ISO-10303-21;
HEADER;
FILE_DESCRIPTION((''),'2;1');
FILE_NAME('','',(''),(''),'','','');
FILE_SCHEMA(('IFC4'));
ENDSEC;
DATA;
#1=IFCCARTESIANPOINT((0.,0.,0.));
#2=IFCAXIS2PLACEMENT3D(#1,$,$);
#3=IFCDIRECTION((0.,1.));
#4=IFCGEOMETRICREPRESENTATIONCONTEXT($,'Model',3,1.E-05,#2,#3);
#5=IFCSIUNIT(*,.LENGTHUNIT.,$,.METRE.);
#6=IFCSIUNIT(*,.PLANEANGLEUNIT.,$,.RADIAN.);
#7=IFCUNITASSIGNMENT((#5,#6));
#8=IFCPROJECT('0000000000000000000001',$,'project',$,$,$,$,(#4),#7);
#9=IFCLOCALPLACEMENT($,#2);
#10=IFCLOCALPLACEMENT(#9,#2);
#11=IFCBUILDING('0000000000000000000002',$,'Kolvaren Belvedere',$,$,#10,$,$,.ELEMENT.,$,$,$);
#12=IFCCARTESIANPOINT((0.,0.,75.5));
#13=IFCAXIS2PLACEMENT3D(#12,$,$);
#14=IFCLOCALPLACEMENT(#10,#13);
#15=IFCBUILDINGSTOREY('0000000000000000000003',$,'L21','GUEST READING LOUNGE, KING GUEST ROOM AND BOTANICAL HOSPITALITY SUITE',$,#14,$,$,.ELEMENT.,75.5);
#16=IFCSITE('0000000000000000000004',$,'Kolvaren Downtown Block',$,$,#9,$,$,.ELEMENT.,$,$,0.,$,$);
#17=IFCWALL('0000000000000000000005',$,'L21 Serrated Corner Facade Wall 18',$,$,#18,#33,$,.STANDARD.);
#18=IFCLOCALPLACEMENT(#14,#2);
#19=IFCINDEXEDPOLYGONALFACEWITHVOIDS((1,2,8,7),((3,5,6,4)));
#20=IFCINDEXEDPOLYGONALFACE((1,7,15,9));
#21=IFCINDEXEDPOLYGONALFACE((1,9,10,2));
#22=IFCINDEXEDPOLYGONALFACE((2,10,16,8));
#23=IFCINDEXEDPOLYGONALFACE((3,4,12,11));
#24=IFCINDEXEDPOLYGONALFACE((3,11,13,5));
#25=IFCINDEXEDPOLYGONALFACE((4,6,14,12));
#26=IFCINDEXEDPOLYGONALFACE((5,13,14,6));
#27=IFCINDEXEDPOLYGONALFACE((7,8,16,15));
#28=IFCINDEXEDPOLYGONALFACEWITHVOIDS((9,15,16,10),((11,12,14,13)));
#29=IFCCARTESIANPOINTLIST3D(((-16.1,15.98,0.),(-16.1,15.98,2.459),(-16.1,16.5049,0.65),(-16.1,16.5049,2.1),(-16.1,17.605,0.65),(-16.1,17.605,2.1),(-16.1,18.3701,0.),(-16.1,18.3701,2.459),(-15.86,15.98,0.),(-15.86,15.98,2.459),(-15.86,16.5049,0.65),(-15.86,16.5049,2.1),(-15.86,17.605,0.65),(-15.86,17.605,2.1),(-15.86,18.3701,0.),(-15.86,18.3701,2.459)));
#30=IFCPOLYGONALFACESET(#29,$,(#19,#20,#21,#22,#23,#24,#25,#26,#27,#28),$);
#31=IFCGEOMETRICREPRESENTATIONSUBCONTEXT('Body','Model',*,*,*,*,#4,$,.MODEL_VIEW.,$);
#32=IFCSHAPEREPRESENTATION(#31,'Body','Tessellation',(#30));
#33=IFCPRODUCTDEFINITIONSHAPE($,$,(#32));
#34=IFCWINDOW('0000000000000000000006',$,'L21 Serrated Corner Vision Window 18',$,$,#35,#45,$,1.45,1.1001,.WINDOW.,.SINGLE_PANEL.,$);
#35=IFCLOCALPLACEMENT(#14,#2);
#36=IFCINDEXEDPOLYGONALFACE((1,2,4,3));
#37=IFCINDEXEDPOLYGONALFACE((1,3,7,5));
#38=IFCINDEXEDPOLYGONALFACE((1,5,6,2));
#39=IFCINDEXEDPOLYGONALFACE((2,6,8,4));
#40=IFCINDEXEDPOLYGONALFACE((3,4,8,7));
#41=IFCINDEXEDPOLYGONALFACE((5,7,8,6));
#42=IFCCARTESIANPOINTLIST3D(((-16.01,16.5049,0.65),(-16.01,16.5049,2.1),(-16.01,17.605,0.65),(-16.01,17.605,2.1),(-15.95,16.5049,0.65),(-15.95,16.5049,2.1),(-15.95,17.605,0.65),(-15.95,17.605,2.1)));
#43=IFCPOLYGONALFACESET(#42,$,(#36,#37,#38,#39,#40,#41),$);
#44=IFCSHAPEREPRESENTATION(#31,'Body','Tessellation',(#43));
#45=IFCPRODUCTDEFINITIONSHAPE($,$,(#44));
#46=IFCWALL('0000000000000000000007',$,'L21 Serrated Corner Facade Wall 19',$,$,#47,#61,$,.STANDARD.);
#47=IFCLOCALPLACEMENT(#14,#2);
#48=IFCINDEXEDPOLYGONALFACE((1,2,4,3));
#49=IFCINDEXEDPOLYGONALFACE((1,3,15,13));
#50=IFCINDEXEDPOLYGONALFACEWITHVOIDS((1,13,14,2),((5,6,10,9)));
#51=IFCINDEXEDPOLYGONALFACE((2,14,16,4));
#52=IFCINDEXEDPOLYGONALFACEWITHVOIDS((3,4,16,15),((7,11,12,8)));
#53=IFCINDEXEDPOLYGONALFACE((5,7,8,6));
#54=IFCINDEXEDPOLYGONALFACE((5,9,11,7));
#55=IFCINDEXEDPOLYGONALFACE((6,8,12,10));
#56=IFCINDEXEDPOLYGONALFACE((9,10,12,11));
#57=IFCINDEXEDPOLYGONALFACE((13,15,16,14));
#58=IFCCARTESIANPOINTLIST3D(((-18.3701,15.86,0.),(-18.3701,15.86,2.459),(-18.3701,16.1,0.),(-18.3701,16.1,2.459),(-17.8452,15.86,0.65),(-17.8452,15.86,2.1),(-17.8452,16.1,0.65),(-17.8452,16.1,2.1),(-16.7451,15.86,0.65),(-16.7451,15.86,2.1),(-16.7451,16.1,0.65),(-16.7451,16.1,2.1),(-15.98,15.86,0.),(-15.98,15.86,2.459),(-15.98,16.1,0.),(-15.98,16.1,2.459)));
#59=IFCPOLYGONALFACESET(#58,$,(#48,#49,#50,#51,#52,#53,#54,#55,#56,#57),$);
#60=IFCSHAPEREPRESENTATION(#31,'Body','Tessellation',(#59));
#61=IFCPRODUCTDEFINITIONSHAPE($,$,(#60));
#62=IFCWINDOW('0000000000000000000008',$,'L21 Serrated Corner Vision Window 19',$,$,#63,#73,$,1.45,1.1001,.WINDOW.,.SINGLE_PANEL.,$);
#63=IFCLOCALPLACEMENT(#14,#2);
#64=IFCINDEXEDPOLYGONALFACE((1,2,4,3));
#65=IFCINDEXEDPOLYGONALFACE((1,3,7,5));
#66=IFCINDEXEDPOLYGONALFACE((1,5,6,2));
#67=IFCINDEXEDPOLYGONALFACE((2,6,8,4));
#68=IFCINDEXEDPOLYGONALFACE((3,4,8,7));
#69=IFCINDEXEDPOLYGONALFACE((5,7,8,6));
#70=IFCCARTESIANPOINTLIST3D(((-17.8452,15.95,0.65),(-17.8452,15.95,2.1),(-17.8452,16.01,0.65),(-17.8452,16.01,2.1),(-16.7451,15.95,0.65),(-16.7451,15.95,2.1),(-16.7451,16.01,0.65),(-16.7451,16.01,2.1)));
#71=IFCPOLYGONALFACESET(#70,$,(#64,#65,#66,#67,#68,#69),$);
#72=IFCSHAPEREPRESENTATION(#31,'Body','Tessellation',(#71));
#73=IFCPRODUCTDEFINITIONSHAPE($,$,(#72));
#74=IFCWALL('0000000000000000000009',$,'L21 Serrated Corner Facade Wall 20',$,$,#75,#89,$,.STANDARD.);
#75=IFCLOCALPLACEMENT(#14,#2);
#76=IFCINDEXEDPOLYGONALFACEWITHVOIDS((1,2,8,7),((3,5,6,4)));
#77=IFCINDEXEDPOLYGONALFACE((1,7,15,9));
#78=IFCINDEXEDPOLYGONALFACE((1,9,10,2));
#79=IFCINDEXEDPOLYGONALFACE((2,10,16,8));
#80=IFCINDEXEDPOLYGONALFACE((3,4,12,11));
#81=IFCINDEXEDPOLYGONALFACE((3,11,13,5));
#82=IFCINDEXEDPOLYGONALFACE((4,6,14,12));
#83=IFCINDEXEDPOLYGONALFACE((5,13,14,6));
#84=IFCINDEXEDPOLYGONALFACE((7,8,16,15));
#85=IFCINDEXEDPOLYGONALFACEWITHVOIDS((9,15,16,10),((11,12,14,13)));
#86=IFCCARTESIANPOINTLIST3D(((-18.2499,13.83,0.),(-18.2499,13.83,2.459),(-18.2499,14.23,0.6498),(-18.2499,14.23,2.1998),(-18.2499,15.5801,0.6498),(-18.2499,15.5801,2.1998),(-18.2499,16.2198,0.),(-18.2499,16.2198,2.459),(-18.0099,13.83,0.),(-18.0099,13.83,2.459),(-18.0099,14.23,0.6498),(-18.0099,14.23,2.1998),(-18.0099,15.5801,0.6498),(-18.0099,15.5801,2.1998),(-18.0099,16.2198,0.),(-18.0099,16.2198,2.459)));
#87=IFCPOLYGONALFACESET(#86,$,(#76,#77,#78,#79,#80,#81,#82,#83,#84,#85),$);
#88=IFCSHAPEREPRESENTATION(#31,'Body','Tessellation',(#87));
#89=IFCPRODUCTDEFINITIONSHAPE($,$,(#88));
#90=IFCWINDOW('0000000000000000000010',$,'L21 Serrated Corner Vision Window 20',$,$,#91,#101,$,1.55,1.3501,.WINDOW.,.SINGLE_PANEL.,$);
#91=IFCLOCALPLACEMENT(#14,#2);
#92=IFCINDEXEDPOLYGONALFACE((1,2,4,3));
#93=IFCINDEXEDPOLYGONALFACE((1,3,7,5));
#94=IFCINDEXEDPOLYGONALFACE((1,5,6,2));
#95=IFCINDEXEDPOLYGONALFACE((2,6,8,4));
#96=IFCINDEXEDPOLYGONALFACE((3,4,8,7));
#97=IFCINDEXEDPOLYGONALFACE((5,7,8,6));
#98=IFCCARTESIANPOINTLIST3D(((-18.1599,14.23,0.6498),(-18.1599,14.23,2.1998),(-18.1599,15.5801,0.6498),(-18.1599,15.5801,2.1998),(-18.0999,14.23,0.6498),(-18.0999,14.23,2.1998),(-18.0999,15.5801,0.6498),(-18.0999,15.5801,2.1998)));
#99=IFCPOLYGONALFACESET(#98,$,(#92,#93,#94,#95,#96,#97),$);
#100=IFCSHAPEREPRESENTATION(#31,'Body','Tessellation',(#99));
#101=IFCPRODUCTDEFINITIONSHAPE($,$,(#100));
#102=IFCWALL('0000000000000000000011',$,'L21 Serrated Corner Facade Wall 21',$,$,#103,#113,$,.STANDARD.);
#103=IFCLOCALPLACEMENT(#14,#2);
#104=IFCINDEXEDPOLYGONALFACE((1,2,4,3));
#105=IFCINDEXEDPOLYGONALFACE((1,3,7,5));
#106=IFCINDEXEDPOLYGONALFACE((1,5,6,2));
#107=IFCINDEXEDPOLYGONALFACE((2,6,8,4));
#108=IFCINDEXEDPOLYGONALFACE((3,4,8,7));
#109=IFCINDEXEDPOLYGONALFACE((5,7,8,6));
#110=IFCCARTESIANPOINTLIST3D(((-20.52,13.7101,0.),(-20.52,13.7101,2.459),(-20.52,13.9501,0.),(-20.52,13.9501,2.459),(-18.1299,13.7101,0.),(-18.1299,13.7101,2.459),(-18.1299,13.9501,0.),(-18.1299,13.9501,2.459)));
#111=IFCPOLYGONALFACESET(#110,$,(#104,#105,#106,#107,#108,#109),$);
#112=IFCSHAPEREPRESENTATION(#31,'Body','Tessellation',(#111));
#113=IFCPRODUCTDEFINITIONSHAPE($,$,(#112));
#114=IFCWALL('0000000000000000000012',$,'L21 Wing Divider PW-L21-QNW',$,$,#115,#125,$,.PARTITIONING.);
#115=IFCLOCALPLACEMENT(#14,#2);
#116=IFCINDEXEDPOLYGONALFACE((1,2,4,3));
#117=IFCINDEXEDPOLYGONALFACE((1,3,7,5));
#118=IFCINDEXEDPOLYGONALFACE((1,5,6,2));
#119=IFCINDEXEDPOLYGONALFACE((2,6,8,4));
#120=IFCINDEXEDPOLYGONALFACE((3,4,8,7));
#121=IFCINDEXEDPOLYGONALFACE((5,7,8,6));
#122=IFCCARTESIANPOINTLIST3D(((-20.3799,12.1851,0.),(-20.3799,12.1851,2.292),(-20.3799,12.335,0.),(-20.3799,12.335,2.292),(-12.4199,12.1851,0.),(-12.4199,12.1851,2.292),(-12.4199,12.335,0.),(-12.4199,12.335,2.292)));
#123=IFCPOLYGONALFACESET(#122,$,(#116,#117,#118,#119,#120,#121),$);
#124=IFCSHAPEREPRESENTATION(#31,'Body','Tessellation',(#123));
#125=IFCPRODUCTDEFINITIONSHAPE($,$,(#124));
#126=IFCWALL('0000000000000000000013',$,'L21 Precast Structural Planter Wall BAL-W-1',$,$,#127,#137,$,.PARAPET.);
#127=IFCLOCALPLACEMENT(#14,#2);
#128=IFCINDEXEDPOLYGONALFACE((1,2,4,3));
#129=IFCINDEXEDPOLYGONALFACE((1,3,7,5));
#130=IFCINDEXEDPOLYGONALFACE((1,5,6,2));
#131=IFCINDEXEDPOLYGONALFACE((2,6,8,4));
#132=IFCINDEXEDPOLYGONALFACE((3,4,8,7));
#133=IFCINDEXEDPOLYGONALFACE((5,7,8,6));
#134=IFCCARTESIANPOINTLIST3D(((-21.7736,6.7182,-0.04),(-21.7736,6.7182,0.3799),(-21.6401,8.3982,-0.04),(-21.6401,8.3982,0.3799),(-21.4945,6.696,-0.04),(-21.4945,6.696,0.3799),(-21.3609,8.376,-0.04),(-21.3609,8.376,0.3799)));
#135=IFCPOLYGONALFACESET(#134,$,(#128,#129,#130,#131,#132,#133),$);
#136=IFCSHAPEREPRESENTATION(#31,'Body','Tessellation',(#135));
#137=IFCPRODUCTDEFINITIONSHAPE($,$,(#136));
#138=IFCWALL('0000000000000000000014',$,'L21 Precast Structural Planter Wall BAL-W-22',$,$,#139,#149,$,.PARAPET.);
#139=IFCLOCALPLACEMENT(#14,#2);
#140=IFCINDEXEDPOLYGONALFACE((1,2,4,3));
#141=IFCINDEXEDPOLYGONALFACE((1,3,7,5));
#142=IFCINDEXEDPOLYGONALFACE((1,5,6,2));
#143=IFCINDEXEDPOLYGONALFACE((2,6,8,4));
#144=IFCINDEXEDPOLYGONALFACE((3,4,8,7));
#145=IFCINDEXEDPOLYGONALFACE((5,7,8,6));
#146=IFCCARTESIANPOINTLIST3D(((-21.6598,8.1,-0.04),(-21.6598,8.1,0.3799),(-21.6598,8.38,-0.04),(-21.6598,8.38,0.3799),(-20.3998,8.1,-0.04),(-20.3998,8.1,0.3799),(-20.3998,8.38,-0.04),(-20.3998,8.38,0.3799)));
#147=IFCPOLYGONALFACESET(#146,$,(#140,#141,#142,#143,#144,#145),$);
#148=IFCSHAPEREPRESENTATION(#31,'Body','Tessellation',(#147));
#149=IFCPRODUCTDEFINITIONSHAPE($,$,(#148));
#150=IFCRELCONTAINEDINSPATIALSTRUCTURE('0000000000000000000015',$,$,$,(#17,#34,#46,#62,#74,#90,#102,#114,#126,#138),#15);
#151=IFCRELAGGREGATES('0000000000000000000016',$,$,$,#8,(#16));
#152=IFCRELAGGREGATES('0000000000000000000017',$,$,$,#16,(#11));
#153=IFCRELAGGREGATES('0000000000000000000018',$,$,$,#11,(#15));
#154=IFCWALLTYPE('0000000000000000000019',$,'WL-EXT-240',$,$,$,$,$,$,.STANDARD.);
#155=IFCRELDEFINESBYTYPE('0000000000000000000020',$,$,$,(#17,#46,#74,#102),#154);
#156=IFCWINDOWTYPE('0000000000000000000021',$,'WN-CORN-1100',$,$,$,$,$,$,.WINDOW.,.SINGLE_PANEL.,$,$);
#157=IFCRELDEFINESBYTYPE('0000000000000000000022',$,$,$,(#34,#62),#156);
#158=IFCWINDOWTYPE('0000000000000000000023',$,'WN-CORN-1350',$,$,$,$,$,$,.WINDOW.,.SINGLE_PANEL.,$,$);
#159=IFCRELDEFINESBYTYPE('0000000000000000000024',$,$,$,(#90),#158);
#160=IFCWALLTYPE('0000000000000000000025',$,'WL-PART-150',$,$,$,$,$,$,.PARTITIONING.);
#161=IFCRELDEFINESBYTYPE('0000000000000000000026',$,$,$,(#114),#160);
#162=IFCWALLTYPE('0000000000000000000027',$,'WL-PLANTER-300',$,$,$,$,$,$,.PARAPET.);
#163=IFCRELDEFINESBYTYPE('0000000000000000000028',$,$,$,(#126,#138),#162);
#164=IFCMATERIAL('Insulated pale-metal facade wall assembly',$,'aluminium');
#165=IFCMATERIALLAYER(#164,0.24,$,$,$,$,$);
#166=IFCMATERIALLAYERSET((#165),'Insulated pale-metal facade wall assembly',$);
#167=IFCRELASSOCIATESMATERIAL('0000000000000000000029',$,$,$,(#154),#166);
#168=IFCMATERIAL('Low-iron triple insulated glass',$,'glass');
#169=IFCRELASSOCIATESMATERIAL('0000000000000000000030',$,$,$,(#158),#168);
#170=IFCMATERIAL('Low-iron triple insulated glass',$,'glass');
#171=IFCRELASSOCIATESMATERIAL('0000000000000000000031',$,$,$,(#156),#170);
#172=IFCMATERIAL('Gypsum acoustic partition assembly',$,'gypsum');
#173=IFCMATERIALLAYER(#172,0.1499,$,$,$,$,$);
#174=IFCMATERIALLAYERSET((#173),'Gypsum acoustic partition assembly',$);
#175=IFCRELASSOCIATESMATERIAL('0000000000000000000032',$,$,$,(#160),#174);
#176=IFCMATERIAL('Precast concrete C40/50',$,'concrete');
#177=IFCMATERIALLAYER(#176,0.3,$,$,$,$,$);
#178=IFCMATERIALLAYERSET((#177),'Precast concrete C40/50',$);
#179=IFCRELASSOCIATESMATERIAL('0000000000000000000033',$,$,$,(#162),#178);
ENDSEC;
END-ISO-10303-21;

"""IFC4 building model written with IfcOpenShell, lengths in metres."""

from ifc_helpers import new_model, si_unit, direction, frame, frame_2d, origin, place, context, subcontext, project, spatial, rectangle, extrude, material, layer, layer_set, type_object, element, fill, save


model = new_model("IFC4")

# Units and contexts
model_context = context("Model", 3, precision=1e-05, world=origin(), true_north=direction((0.0, 1.0)))
body_context = subcontext(model_context, "Body", "Model", "MODEL_VIEW")
ifc_project = project(units=[si_unit("LENGTHUNIT", "METRE"), si_unit("PLANEANGLEUNIT", "RADIAN")], contexts=[model_context])

# Site, building, storey
site_placement = place(None, origin())
site = spatial("IfcSite", under=ifc_project, at=site_placement, Name="Kolvaren Downtown Block", CompositionType="ELEMENT", RefElevation=0.0)
building_placement = place(site_placement, origin())
building = spatial("IfcBuilding", under=site, at=building_placement, Name="Kolvaren Belvedere", CompositionType="ELEMENT")
storey_placement = place(building_placement, frame((0.0, 0.0, 75.5)))
storey = spatial("IfcBuildingStorey", under=building, at=storey_placement, Name="L21", Description="GUEST READING LOUNGE, KING GUEST ROOM AND BOTANICAL HOSPITALITY SUITE", CompositionType="ELEMENT", Elevation=75.5)

# Shared definitions
ifc_material_1 = material(Name="Insulated pale-metal facade wall assembly", Category="aluminium")
ifc_layer_1 = layer(ifc_material_1, 0.24)
ifc_layer_set_1 = layer_set([ifc_layer_1], Name="Insulated pale-metal facade wall assembly")
wall_type_1 = type_object("IfcWallType", Name="WL-EXT-240", PredefinedType="STANDARD", material=ifc_layer_set_1)

# Walls, openings, windows
ifc_material_2 = material(Name="Low-iron triple insulated glass", Category="glass")
window_type_1 = type_object("IfcWindowType", Name="WN-CORN-1350", PartitioningType="SINGLE_PANEL", PredefinedType="WINDOW", material=ifc_material_2)
wall_1_placement = place(storey_placement, frame((-15.98, 15.98, 0.0), z_axis=(0.0, 0.0, 1.0), x_axis=(0.0, 1.0, 0.0)))
wall_1 = element("IfcWall", 1, at=wall_1_placement, inside=storey, type_object=wall_type_1, Name="L21 Serrated Corner Facade Wall 18", PredefinedType="STANDARD", context=body_context, shape_type="SweptSolid", body=[
    extrude(rectangle(XDim=2.3901, YDim=0.24, at=frame_2d((1.1951, 0.0))), origin(), (0.0, 0.0, 1.0), 2.459),
])
opening_1_placement = place(wall_1_placement, frame((0.5249, 0.0, 0.6499)))
opening_1 = element("IfcOpeningElement", 2, at=opening_1_placement, cuts=wall_1, PredefinedType="OPENING", context=body_context, shape_type="SweptSolid", body=[
    extrude(rectangle(XDim=1.1001, YDim=1.45, at=frame_2d((0.55, 0.7251))), frame((0.0, 0.1299, 0.0), z_axis=(0.0, -1.0, 0.0), x_axis=(1.0, 0.0, 0.0)), (0.0, 0.0, 1.0), 0.26),
])
ifc_material_3 = material(Name="Low-iron triple insulated glass", Category="glass")
window_type_2 = type_object("IfcWindowType", Name="WN-CORN-1100", PartitioningType="SINGLE_PANEL", PredefinedType="WINDOW", material=ifc_material_3)
window_1_placement = place(opening_1_placement, origin())
window_1 = element("IfcWindow", 3, at=window_1_placement, inside=storey, type_object=window_type_2, Name="L21 Serrated Corner Vision Window 18", OverallHeight=1.45, OverallWidth=1.1001, PartitioningType="SINGLE_PANEL", PredefinedType="WINDOW", context=body_context, shape_type="SweptSolid", body=[
    extrude(rectangle(XDim=1.1001, YDim=1.45, at=frame_2d((0.55, 0.7251))), frame((0.0, 0.03, 0.0), z_axis=(0.0, -1.0, 0.0), x_axis=(1.0, 0.0, 0.0)), (0.0, 0.0, 1.0), 0.0601),
])
fill(opening_1, window_1)
wall_2_placement = place(storey_placement, frame((-18.3701, 15.98, 0.0), z_axis=(0.0, 0.0, 1.0), x_axis=(1.0, 0.0, 0.0)))
wall_2 = element("IfcWall", 4, at=wall_2_placement, inside=storey, type_object=wall_type_1, Name="L21 Serrated Corner Facade Wall 19", PredefinedType="STANDARD", context=body_context, shape_type="SweptSolid", body=[
    extrude(rectangle(XDim=2.3901, YDim=0.24, at=frame_2d((1.1951, 0.0))), origin(), (0.0, 0.0, 1.0), 2.459),
])
opening_2_placement = place(wall_2_placement, frame((0.5249, 0.0, 0.6499)))
opening_2 = element("IfcOpeningElement", 5, at=opening_2_placement, cuts=wall_2, PredefinedType="OPENING", context=body_context, shape_type="SweptSolid", body=[
    extrude(rectangle(XDim=1.1001, YDim=1.45, at=frame_2d((0.55, 0.7251))), frame((0.0, 0.1299, 0.0), z_axis=(0.0, -1.0, 0.0), x_axis=(1.0, 0.0, 0.0)), (0.0, 0.0, 1.0), 0.26),
])
window_2_placement = place(opening_2_placement, origin())
window_2 = element("IfcWindow", 6, at=window_2_placement, inside=storey, type_object=window_type_2, Name="L21 Serrated Corner Vision Window 19", OverallHeight=1.45, OverallWidth=1.1001, PartitioningType="SINGLE_PANEL", PredefinedType="WINDOW", context=body_context, shape_type="SweptSolid", body=[
    extrude(rectangle(XDim=1.1001, YDim=1.45, at=frame_2d((0.55, 0.7251))), frame((0.0, 0.03, 0.0), z_axis=(0.0, -1.0, 0.0), x_axis=(1.0, 0.0, 0.0)), (0.0, 0.0, 1.0), 0.0601),
])
fill(opening_2, window_2)
wall_3_placement = place(storey_placement, frame((-18.1299, 13.8301, 0.0), z_axis=(0.0, 0.0, 1.0), x_axis=(0.0, 1.0, 0.0)))
wall_3 = element("IfcWall", 7, at=wall_3_placement, inside=storey, type_object=wall_type_1, Name="L21 Serrated Corner Facade Wall 20", PredefinedType="STANDARD", context=body_context, shape_type="SweptSolid", body=[
    extrude(rectangle(XDim=2.3899, YDim=0.24, at=frame_2d((1.1948, 0.0))), origin(), (0.0, 0.0, 1.0), 2.459),
])
opening_3_placement = place(wall_3_placement, frame((0.3999, 0.0, 0.6499)))
opening_3 = element("IfcOpeningElement", 8, at=opening_3_placement, cuts=wall_3, PredefinedType="OPENING", context=body_context, shape_type="SweptSolid", body=[
    extrude(rectangle(XDim=1.3501, YDim=1.55, at=frame_2d((0.675, 0.7749))), frame((0.0, 0.1299, 0.0), z_axis=(0.0, -1.0, 0.0), x_axis=(1.0, 0.0, 0.0)), (0.0, 0.0, 1.0), 0.26),
])
window_3_placement = place(opening_3_placement, origin())
window_3 = element("IfcWindow", 9, at=window_3_placement, inside=storey, type_object=window_type_1, Name="L21 Serrated Corner Vision Window 20", OverallHeight=1.55, OverallWidth=1.3501, PartitioningType="SINGLE_PANEL", PredefinedType="WINDOW", context=body_context, shape_type="SweptSolid", body=[
    extrude(rectangle(XDim=1.3501, YDim=1.55, at=frame_2d((0.675, 0.7749))), frame((0.0, 0.03, 0.0), z_axis=(0.0, -1.0, 0.0), x_axis=(1.0, 0.0, 0.0)), (0.0, 0.0, 1.0), 0.0601),
])
fill(opening_3, window_3)

# Walls
wall_4_placement = place(storey_placement, frame((-20.52, 13.8301, 0.0), z_axis=(0.0, 0.0, 1.0), x_axis=(1.0, 0.0, 0.0)))
element("IfcWall", 10, at=wall_4_placement, inside=storey, type_object=wall_type_1, Name="L21 Serrated Corner Facade Wall 21", PredefinedType="STANDARD", context=body_context, shape_type="SweptSolid", body=[
    extrude(rectangle(XDim=2.3901, YDim=0.24, at=frame_2d((1.1951, 0.0))), origin(), (0.0, 0.0, 1.0), 2.459),
])
ifc_material_4 = material(Name="Gypsum acoustic partition assembly", Category="gypsum")
ifc_layer_2 = layer(ifc_material_4, 0.1499)
ifc_layer_set_2 = layer_set([ifc_layer_2], Name="Gypsum acoustic partition assembly")
wall_type_2 = type_object("IfcWallType", Name="WL-PART-150", PredefinedType="PARTITIONING", material=ifc_layer_set_2)
wall_5_placement = place(storey_placement, frame((-20.3799, 12.26, 0.0), z_axis=(0.0, 0.0, 1.0), x_axis=(1.0, 0.0, 0.0)))
element("IfcWall", 11, at=wall_5_placement, inside=storey, type_object=wall_type_2, Name="L21 Wing Divider PW-L21-QNW", PredefinedType="PARTITIONING", context=body_context, shape_type="SweptSolid", body=[
    extrude(rectangle(XDim=7.96, YDim=0.1499, at=frame_2d((3.98, 0.0))), origin(), (0.0, 0.0, 1.0), 2.292),
])
ifc_material_5 = material(Name="Precast concrete C40/50", Category="concrete")
ifc_layer_3 = layer(ifc_material_5, 0.3)
ifc_layer_set_3 = layer_set([ifc_layer_3], Name="Precast concrete C40/50")
wall_type_3 = type_object("IfcWallType", Name="WL-PLANTER-300", PredefinedType="PARAPET", material=ifc_layer_set_3)
wall_6_placement = place(storey_placement, frame((-21.5005, 8.3872, -0.04), z_axis=(0.0, 0.0, 1.0), x_axis=(-0.079244, -0.996855, 0.0)))
element("IfcWall", 12, at=wall_6_placement, inside=storey, type_object=wall_type_3, Name="L21 Precast Structural Planter Wall BAL-W-1", PredefinedType="PARAPET", context=body_context, shape_type="SweptSolid", body=[
    extrude(rectangle(XDim=1.6853, YDim=0.28, at=frame_2d((0.8428, 0.0))), origin(), (0.0, 0.0, 1.0), 0.4199),
])
wall_7_placement = place(storey_placement, frame((-20.3999, 8.24, -0.04), z_axis=(0.0, 0.0, 1.0), x_axis=(-1.0, 0.0, 0.0)))
element("IfcWall", 13, at=wall_7_placement, inside=storey, type_object=wall_type_3, Name="L21 Precast Structural Planter Wall BAL-W-22", PredefinedType="PARAPET", context=body_context, shape_type="SweptSolid", body=[
    extrude(rectangle(XDim=1.26, YDim=0.28, at=frame_2d((0.6299, 0.0))), origin(), (0.0, 0.0, 1.0), 0.4199),
])

save(model, "model.ifc")
